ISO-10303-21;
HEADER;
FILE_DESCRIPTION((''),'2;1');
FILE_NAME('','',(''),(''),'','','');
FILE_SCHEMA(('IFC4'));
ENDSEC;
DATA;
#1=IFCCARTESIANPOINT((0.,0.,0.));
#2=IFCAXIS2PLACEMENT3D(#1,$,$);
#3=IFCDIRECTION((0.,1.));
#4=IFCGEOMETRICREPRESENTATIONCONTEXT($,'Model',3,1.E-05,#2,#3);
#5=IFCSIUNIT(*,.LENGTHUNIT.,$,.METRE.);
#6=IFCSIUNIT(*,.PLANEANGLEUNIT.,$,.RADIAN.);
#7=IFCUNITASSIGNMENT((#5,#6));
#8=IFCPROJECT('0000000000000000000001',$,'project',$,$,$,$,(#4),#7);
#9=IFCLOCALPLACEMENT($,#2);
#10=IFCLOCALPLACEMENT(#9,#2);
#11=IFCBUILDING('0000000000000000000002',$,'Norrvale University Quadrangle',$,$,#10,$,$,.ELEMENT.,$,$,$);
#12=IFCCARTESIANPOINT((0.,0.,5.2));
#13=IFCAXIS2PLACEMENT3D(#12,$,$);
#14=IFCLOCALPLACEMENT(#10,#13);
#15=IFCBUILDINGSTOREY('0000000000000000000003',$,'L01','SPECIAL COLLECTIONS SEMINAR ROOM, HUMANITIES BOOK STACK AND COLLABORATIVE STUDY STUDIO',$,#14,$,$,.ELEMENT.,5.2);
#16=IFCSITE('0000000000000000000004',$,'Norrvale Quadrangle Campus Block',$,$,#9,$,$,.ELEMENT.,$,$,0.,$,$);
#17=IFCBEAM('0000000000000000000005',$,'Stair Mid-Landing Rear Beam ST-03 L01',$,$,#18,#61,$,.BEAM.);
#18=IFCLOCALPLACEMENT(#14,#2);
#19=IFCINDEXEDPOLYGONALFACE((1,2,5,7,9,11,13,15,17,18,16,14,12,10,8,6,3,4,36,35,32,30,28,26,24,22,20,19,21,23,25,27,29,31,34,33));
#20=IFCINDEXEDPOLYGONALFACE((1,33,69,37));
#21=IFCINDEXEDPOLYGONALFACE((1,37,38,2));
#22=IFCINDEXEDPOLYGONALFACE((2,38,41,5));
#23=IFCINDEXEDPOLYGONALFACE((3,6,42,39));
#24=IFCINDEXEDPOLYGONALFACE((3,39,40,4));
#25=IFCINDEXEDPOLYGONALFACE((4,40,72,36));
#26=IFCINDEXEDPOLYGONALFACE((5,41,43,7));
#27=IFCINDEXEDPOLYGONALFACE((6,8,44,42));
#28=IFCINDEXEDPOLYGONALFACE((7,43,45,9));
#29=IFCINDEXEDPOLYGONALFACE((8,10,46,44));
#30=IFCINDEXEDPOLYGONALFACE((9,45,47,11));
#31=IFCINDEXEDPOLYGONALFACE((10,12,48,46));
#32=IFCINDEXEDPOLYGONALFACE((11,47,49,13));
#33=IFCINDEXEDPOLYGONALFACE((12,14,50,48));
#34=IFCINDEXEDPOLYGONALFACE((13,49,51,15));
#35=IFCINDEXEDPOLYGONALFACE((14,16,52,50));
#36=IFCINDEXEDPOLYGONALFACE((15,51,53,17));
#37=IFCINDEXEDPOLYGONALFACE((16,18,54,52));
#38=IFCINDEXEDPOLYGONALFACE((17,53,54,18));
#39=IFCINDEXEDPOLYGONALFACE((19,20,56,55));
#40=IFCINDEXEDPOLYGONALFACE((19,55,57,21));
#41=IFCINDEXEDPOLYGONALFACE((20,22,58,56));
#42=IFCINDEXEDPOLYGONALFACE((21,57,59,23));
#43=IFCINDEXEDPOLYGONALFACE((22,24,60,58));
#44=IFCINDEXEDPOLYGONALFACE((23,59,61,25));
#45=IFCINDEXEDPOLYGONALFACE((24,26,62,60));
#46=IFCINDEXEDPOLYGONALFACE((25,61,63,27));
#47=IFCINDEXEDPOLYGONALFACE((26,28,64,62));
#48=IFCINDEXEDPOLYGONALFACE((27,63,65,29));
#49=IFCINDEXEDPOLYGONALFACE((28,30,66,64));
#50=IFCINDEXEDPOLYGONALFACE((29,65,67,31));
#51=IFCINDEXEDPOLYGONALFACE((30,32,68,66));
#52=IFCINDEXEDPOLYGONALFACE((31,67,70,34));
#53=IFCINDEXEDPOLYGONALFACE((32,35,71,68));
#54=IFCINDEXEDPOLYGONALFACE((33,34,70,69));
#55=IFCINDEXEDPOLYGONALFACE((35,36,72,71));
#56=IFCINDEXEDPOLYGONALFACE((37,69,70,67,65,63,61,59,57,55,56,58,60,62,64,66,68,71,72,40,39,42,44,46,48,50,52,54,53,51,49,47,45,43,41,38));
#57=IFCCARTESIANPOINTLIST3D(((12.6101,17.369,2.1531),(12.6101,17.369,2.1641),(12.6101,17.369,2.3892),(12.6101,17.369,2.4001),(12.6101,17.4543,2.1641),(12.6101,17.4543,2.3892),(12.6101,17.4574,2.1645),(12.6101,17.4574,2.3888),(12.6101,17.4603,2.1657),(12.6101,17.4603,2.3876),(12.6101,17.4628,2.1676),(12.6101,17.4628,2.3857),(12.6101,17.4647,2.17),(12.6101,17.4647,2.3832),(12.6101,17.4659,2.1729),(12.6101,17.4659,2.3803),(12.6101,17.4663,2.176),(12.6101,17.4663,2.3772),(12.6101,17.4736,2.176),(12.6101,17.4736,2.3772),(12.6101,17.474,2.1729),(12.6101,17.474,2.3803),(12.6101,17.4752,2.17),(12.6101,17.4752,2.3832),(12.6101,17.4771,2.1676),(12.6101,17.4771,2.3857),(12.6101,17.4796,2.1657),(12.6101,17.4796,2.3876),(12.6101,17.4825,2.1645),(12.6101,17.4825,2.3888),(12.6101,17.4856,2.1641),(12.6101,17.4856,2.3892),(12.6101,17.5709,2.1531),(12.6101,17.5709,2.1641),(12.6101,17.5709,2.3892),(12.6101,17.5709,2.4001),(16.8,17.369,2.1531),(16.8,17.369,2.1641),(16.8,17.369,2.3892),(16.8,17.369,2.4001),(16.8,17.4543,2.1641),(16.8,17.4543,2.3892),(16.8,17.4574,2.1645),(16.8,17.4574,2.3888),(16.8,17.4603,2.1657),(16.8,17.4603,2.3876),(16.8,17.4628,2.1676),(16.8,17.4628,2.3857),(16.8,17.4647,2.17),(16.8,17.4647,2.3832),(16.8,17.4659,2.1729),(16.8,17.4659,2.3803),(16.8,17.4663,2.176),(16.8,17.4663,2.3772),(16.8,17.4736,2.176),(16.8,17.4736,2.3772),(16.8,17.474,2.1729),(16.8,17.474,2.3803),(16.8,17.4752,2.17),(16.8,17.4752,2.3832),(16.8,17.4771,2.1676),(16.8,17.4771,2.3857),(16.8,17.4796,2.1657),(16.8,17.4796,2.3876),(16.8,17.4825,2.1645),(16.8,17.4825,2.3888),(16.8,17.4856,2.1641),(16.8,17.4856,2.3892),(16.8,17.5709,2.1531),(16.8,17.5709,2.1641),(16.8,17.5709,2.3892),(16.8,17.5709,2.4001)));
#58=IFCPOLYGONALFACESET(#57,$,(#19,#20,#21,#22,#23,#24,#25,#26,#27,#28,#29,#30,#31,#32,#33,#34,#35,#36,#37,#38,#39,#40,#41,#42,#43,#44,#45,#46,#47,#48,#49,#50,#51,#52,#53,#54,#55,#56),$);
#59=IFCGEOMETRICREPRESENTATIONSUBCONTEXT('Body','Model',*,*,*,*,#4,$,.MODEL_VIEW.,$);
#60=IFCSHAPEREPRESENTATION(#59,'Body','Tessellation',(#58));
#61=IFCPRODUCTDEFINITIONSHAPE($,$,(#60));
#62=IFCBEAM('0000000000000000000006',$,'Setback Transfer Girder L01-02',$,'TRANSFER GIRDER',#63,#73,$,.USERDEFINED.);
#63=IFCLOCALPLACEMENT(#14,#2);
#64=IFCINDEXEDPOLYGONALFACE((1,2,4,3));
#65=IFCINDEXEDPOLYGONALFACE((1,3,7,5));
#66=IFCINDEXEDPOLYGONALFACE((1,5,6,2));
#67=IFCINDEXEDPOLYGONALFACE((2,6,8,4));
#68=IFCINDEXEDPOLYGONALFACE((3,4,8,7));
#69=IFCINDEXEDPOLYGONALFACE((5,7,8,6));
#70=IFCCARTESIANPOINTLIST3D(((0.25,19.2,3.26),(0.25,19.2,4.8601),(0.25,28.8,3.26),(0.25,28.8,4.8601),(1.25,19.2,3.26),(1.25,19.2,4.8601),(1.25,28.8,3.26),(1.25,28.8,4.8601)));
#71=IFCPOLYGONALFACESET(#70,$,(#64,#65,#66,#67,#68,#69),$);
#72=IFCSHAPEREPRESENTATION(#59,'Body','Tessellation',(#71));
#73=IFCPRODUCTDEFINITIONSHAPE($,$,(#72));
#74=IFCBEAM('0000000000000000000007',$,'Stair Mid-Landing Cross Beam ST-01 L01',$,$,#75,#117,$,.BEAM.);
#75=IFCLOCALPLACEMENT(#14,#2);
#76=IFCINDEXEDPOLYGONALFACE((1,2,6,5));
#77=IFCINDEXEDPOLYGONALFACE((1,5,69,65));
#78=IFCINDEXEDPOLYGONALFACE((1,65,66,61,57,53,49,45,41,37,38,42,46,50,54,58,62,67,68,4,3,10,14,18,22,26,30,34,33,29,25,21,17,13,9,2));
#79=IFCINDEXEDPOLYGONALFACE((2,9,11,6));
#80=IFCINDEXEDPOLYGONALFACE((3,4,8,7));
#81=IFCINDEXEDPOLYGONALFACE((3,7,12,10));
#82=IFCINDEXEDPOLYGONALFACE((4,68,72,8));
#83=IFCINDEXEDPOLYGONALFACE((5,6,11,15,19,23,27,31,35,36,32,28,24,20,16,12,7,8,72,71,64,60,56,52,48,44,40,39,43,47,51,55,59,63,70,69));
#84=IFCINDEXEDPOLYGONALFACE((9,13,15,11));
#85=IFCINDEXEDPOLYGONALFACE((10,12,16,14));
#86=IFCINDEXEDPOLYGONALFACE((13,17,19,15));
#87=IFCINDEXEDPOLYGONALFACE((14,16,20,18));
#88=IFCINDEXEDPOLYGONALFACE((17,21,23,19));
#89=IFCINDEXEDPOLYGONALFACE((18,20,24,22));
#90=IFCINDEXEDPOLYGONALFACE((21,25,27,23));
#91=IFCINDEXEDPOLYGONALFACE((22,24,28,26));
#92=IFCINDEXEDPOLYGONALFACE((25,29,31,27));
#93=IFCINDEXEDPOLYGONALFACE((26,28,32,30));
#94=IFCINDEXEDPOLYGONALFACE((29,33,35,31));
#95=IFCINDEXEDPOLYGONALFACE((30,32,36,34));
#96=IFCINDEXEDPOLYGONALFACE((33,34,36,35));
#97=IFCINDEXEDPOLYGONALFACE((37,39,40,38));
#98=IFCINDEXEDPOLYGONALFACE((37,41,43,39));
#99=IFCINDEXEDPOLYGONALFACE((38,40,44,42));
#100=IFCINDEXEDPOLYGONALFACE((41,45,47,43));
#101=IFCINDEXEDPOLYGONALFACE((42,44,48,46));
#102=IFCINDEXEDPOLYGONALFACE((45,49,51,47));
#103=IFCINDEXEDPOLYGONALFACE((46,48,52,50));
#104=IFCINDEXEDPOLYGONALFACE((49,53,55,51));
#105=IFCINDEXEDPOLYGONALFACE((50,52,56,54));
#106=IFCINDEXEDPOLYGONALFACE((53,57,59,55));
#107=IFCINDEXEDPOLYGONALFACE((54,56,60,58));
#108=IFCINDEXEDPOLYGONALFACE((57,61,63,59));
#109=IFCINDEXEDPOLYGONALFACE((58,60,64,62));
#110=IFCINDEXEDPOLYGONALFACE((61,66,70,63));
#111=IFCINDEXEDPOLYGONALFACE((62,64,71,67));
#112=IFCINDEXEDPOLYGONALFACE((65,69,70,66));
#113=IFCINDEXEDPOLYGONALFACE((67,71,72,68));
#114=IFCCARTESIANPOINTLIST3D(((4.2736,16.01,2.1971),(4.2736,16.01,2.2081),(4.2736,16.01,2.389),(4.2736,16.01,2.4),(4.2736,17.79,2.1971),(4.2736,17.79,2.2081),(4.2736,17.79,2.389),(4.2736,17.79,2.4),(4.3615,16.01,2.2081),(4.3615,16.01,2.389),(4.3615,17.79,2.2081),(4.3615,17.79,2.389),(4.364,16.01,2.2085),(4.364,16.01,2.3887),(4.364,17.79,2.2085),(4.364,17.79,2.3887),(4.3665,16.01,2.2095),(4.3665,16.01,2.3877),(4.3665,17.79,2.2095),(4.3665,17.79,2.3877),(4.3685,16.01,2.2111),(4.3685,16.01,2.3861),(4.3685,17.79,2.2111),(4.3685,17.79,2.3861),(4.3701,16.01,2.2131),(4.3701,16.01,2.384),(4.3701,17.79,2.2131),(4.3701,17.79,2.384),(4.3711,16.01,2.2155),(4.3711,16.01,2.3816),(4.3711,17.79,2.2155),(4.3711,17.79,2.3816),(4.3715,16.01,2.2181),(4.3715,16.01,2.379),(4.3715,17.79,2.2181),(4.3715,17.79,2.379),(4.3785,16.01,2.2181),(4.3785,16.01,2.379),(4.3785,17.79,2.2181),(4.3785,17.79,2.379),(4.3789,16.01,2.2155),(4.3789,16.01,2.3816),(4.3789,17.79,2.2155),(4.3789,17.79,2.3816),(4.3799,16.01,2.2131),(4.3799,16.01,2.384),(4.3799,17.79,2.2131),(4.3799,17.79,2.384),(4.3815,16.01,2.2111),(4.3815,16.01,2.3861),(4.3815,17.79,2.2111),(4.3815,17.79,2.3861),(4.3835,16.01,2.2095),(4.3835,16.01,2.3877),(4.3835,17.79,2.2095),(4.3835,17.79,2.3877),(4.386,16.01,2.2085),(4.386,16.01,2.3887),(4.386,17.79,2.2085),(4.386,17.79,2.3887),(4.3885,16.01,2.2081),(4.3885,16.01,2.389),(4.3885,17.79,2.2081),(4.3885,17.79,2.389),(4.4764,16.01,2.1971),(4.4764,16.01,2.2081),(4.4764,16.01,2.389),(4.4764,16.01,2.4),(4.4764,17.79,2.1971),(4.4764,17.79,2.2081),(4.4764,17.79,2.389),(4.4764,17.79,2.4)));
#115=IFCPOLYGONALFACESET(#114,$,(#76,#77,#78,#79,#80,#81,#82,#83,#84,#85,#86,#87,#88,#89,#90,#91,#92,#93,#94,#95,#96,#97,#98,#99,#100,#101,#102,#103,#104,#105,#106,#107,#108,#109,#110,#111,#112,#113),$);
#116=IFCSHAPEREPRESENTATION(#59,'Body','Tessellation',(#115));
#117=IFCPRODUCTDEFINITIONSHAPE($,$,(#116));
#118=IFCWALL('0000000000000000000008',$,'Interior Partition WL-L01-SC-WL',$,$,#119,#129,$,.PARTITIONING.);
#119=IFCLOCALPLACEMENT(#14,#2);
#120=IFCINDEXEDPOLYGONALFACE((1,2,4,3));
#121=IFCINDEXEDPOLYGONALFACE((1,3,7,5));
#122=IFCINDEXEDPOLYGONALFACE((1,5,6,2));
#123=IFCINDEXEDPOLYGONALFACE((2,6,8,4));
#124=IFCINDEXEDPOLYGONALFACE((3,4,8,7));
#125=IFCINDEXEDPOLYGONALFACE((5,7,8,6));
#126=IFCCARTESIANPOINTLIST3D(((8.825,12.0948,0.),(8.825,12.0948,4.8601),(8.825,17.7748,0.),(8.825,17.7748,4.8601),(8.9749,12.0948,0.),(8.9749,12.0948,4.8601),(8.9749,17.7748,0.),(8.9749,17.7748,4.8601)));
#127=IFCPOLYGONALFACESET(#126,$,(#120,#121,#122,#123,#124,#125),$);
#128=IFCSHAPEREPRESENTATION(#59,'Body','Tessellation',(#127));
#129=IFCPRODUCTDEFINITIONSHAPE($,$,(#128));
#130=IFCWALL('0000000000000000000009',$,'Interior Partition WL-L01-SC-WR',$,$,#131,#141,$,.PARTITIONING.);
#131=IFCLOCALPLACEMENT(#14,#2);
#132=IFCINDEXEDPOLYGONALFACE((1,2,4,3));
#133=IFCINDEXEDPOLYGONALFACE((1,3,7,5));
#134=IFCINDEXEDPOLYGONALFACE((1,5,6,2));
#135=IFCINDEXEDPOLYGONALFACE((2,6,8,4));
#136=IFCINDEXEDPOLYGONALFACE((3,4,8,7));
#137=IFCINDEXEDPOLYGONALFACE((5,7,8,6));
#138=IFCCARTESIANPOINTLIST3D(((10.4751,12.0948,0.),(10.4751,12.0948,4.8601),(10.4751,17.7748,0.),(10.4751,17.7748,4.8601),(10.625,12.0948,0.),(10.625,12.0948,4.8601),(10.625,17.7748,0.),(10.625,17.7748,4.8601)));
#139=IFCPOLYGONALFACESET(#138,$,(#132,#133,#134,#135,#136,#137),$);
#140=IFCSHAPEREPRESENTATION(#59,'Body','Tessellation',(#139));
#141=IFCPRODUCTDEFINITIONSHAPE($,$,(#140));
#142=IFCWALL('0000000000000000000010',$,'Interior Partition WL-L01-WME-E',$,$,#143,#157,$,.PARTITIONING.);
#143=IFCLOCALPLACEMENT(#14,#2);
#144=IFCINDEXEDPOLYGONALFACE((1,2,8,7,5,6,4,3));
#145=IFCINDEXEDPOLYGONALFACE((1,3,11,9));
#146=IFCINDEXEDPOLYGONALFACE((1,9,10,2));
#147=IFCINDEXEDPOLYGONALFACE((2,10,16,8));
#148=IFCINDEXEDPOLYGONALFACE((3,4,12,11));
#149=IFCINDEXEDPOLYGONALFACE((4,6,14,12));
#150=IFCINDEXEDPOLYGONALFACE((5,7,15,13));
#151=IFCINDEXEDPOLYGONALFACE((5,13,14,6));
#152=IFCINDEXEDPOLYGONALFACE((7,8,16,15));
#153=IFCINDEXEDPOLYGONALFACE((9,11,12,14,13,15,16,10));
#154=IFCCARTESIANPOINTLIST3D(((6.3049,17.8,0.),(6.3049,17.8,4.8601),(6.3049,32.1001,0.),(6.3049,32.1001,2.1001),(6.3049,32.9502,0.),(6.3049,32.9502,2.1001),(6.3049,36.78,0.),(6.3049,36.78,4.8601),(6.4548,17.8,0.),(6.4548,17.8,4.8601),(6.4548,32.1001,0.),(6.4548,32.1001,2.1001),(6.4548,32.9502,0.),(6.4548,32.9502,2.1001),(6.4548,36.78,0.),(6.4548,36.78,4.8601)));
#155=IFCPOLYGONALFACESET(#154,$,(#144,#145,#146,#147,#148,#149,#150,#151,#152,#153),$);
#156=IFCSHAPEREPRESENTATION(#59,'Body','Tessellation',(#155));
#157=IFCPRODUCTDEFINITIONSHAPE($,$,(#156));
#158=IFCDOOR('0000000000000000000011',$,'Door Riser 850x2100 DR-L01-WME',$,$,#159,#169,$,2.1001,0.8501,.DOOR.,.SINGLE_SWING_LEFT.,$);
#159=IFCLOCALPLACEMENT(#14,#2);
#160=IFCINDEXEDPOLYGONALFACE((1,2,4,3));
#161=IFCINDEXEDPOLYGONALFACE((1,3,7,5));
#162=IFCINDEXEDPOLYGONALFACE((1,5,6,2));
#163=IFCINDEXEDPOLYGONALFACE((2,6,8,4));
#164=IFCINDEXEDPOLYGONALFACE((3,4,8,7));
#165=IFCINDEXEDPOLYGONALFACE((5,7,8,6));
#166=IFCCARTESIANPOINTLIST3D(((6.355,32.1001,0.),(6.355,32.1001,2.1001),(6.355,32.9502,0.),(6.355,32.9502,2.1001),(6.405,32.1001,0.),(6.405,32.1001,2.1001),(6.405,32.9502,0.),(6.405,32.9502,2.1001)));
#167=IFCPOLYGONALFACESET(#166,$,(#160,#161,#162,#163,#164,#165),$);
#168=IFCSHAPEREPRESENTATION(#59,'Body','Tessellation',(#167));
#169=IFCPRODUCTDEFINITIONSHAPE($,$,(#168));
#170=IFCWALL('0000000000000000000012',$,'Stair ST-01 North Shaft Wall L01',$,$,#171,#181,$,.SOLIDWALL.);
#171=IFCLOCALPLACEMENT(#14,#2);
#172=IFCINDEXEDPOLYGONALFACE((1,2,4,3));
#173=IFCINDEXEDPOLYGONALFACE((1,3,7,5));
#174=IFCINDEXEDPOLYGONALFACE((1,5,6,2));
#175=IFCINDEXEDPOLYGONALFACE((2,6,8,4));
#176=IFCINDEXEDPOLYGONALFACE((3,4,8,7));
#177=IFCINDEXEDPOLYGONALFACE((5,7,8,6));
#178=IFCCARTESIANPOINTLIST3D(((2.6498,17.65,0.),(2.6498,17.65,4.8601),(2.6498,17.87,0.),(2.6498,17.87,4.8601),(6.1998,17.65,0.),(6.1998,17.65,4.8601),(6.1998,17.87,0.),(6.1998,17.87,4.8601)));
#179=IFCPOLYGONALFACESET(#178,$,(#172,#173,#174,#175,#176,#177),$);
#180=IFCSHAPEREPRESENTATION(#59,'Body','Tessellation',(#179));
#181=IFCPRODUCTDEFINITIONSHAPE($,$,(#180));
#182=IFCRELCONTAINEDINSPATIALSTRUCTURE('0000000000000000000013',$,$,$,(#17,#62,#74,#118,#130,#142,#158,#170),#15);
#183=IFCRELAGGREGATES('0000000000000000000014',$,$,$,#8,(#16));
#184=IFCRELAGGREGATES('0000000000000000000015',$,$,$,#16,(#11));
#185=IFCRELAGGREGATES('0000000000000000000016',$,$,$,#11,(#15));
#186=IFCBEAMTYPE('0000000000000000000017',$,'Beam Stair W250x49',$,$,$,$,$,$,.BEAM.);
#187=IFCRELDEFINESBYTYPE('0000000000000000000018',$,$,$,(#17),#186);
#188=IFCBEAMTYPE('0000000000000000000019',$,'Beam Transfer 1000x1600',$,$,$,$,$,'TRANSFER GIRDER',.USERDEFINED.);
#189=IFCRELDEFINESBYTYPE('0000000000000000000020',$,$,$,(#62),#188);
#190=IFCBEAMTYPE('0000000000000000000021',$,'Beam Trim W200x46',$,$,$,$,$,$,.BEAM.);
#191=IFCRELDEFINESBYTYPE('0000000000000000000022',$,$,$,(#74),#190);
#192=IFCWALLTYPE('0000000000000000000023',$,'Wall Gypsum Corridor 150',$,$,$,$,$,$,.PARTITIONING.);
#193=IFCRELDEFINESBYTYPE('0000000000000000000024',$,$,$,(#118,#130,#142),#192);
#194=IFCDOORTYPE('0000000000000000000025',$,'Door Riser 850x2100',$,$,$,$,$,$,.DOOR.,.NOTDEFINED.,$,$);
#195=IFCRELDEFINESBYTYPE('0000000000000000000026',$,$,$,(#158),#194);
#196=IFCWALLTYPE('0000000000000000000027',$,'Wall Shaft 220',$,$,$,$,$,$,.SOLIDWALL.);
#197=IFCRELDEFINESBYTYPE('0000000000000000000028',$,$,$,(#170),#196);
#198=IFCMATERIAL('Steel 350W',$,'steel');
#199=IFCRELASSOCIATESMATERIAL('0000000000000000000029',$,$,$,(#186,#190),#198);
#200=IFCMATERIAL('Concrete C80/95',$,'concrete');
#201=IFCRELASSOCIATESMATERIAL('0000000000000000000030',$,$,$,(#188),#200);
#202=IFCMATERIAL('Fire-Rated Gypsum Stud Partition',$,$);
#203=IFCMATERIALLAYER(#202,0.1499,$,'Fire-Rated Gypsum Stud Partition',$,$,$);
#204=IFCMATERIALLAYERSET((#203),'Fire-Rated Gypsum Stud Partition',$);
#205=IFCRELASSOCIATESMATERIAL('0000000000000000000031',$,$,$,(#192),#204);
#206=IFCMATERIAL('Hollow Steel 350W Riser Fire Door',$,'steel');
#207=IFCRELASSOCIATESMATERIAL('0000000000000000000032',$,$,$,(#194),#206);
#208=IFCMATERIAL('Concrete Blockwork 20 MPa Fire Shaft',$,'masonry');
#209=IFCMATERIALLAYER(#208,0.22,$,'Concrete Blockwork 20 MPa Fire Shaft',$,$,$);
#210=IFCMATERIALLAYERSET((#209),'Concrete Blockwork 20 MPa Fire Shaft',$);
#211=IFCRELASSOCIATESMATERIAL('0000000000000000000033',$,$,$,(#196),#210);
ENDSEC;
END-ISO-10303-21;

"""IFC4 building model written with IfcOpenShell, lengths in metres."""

from ifc_helpers import new_model, si_unit, direction, frame, frame_2d, origin, origin_2d, place, context, subcontext, project, spatial, rectangle, i_section, extrude, material, layer, layer_set, material_profile, profile_set, type_object, element, fill, save


model = new_model("IFC4")

# Units and contexts
model_context = context("Model", 3, precision=1e-05, world=origin(), true_north=direction((0.0, 1.0)))
body_context = subcontext(model_context, "Body", "Model", "MODEL_VIEW")
ifc_project = project(units=[si_unit("LENGTHUNIT", "METRE"), si_unit("PLANEANGLEUNIT", "RADIAN")], contexts=[model_context])

# Site, building, storey
site_placement = place(None, origin())
site = spatial("IfcSite", under=ifc_project, at=site_placement, Name="Norrvale Quadrangle Campus Block", CompositionType="ELEMENT", RefElevation=0.0)
building_placement = place(site_placement, origin())
building = spatial("IfcBuilding", under=site, at=building_placement, Name="Norrvale University Quadrangle", CompositionType="ELEMENT")
storey_placement = place(building_placement, frame((0.0, 0.0, 5.2)))
storey = spatial("IfcBuildingStorey", under=building, at=storey_placement, Name="L01", Description="SPECIAL COLLECTIONS SEMINAR ROOM, HUMANITIES BOOK STACK AND COLLABORATIVE STUDY STUDIO", CompositionType="ELEMENT", Elevation=5.2)

# Shared definitions
ifc_material_1 = material(Name="Concrete C80/95", Category="concrete")

# Beams
ifc_material_2 = material(Name="Steel 350W", Category="steel")
ifc_material_profile_1 = material_profile(ifc_material_2, i_section(OverallWidth=0.2019, OverallDepth=0.2471, WebThickness=0.0073, FlangeThickness=0.011, FilletRadius=0.012, at=origin_2d()), Name="Steel 350W")
ifc_profile_set_1 = profile_set([ifc_material_profile_1], Name="Steel 350W")
beam_type_1 = type_object("IfcBeamType", Name="Beam Stair W250x49", PredefinedType="BEAM", material=ifc_profile_set_1)
for number, where, z_axis, x_axis, name in (
    (1, (12.6101, 17.47, 2.2766), (1.0, 0.0, 0.0), (0.0, 1.0, 0.0), "Stair Mid-Landing Rear Beam ST-03 L01"),
):
    element("IfcBeam", number, at=place(storey_placement, frame(where, z_axis=z_axis, x_axis=x_axis)), inside=storey, type_object=beam_type_1, Name=name, PredefinedType="BEAM", context=body_context, shape_type="SweptSolid", body=[
        extrude(i_section(OverallWidth=0.2019, OverallDepth=0.2471, WebThickness=0.0073, FlangeThickness=0.011, FilletRadius=0.012, at=origin_2d()), origin(), (0.0, 0.0, 1.0), 4.1899),
    ])
ifc_material_profile_2 = material_profile(ifc_material_1, rectangle(XDim=1.0, YDim=1.6001, at=origin_2d()), Name="Concrete C80/95")
ifc_profile_set_2 = profile_set([ifc_material_profile_2], Name="Concrete C80/95")
beam_type_2 = type_object("IfcBeamType", Name="Beam Transfer 1000x1600", ElementType="TRANSFER GIRDER", PredefinedType="USERDEFINED", material=ifc_profile_set_2)
beam_1_placement = place(storey_placement, frame((0.75, 19.2, 4.0601), z_axis=(0.0, 1.0, 0.0), x_axis=(-1.0, 0.0, 0.0)))
element("IfcBeam", 2, at=beam_1_placement, inside=storey, type_object=beam_type_2, Name="Setback Transfer Girder L01-02", ObjectType="TRANSFER GIRDER", PredefinedType="USERDEFINED", context=body_context, shape_type="SweptSolid", body=[
    extrude(rectangle(XDim=1.0, YDim=1.6001, at=origin_2d()), origin(), (0.0, 0.0, 1.0), 9.6001),
])
ifc_material_profile_3 = material_profile(ifc_material_2, i_section(OverallWidth=0.2029, OverallDepth=0.2029, WebThickness=0.0071, FlangeThickness=0.011, FilletRadius=0.01, at=origin_2d()), Name="Steel 350W")
ifc_profile_set_3 = profile_set([ifc_material_profile_3], Name="Steel 350W")
beam_type_3 = type_object("IfcBeamType", Name="Beam Trim W200x46", PredefinedType="BEAM", material=ifc_profile_set_3)
beam_2_placement = place(storey_placement, frame((4.375, 16.01, 2.2986), z_axis=(0.0, 1.0, 0.0), x_axis=(-1.0, 0.0, 0.0)))
element("IfcBeam", 3, at=beam_2_placement, inside=storey, type_object=beam_type_3, Name="Stair Mid-Landing Cross Beam ST-01 L01", PredefinedType="BEAM", context=body_context, shape_type="SweptSolid", body=[
    extrude(i_section(OverallWidth=0.2029, OverallDepth=0.2029, WebThickness=0.0071, FlangeThickness=0.011, FilletRadius=0.01, at=origin_2d()), origin(), (0.0, 0.0, 1.0), 1.78),
])

# Walls
ifc_material_3 = material(Name="Fire-Rated Gypsum Stud Partition")
ifc_layer_1 = layer(ifc_material_3, 0.1499, Name="Fire-Rated Gypsum Stud Partition")
ifc_layer_set_1 = layer_set([ifc_layer_1], Name="Fire-Rated Gypsum Stud Partition")
wall_type_1 = type_object("IfcWallType", Name="Wall Gypsum Corridor 150", PredefinedType="PARTITIONING", material=ifc_layer_set_1)
for number, where, z_axis, x_axis, name in (
    (4, (8.8999, 12.095, 0.0), (0.0, 0.0, 1.0), (0.0, 1.0, 0.0), "Interior Partition WL-L01-SC-WL"),
    (5, (10.55, 12.095, 0.0), (0.0, 0.0, 1.0), (0.0, 1.0, 0.0), "Interior Partition WL-L01-SC-WR"),
):
    element("IfcWall", number, at=place(storey_placement, frame(where, z_axis=z_axis, x_axis=x_axis)), inside=storey, type_object=wall_type_1, Name=name, PredefinedType="PARTITIONING", context=body_context, shape_type="SweptSolid", body=[
        extrude(rectangle(XDim=5.6799, YDim=0.1499, at=frame_2d((2.8398, 0.0))), origin(), (0.0, 0.0, 1.0), 4.8601),
    ])

# Wall, opening, door
wall_1_placement = place(storey_placement, frame((6.3799, 17.8, 0.0), z_axis=(0.0, 0.0, 1.0), x_axis=(0.0, 1.0, 0.0)))
wall_1 = element("IfcWall", 6, at=wall_1_placement, inside=storey, type_object=wall_type_1, Name="Interior Partition WL-L01-WME-E", PredefinedType="PARTITIONING", context=body_context, shape_type="SweptSolid", body=[
    extrude(rectangle(XDim=18.98, YDim=0.1499, at=frame_2d((9.49, 0.0))), origin(), (0.0, 0.0, 1.0), 4.8601),
])
opening_1_placement = place(wall_1_placement, frame((14.3, 0.0, 0.0)))
opening_1 = element("IfcOpeningElement", 7, at=opening_1_placement, cuts=wall_1, PredefinedType="OPENING", context=body_context, shape_type="SweptSolid", body=[
    extrude(rectangle(XDim=0.8501, YDim=2.1001, at=frame_2d((0.425, 1.05))), frame((0.0, 0.0869, 0.0), z_axis=(0.0, -1.0, 0.0), x_axis=(1.0, 0.0, 0.0)), (0.0, 0.0, 1.0), 0.1738),
])
ifc_material_4 = material(Name="Hollow Steel 350W Riser Fire Door", Category="steel")
door_type_1 = type_object("IfcDoorType", Name="Door Riser 850x2100", OperationType="NOTDEFINED", PredefinedType="DOOR", material=ifc_material_4)
door_1_placement = place(opening_1_placement, origin())
door_1 = element("IfcDoor", 8, at=door_1_placement, inside=storey, type_object=door_type_1, Name="Door Riser 850x2100 DR-L01-WME", OperationType="SINGLE_SWING_LEFT", OverallHeight=2.1001, OverallWidth=0.8501, PredefinedType="DOOR", context=body_context, shape_type="SweptSolid", body=[
    extrude(rectangle(XDim=0.8501, YDim=2.1001, at=frame_2d((0.425, 1.05))), frame((0.0, 0.0249, 0.0), z_axis=(0.0, -1.0, 0.0), x_axis=(1.0, 0.0, 0.0)), (0.0, 0.0, 1.0), 0.05),
])
fill(opening_1, door_1)

# Wall
ifc_material_5 = material(Name="Concrete Blockwork 20 MPa Fire Shaft", Category="masonry")
ifc_layer_2 = layer(ifc_material_5, 0.22, Name="Concrete Blockwork 20 MPa Fire Shaft")
ifc_layer_set_2 = layer_set([ifc_layer_2], Name="Concrete Blockwork 20 MPa Fire Shaft")
wall_type_2 = type_object("IfcWallType", Name="Wall Shaft 220", PredefinedType="SOLIDWALL", material=ifc_layer_set_2)
wall_2_placement = place(storey_placement, frame((2.6499, 17.76, 0.0), z_axis=(0.0, 0.0, 1.0), x_axis=(1.0, 0.0, 0.0)))
element("IfcWall", 9, at=wall_2_placement, inside=storey, type_object=wall_type_2, Name="Stair ST-01 North Shaft Wall L01", PredefinedType="SOLIDWALL", context=body_context, shape_type="SweptSolid", body=[
    extrude(rectangle(XDim=3.55, YDim=0.22, at=frame_2d((1.7749, 0.0))), origin(), (0.0, 0.0, 1.0), 4.8601),
])

save(model, "model.ifc")
